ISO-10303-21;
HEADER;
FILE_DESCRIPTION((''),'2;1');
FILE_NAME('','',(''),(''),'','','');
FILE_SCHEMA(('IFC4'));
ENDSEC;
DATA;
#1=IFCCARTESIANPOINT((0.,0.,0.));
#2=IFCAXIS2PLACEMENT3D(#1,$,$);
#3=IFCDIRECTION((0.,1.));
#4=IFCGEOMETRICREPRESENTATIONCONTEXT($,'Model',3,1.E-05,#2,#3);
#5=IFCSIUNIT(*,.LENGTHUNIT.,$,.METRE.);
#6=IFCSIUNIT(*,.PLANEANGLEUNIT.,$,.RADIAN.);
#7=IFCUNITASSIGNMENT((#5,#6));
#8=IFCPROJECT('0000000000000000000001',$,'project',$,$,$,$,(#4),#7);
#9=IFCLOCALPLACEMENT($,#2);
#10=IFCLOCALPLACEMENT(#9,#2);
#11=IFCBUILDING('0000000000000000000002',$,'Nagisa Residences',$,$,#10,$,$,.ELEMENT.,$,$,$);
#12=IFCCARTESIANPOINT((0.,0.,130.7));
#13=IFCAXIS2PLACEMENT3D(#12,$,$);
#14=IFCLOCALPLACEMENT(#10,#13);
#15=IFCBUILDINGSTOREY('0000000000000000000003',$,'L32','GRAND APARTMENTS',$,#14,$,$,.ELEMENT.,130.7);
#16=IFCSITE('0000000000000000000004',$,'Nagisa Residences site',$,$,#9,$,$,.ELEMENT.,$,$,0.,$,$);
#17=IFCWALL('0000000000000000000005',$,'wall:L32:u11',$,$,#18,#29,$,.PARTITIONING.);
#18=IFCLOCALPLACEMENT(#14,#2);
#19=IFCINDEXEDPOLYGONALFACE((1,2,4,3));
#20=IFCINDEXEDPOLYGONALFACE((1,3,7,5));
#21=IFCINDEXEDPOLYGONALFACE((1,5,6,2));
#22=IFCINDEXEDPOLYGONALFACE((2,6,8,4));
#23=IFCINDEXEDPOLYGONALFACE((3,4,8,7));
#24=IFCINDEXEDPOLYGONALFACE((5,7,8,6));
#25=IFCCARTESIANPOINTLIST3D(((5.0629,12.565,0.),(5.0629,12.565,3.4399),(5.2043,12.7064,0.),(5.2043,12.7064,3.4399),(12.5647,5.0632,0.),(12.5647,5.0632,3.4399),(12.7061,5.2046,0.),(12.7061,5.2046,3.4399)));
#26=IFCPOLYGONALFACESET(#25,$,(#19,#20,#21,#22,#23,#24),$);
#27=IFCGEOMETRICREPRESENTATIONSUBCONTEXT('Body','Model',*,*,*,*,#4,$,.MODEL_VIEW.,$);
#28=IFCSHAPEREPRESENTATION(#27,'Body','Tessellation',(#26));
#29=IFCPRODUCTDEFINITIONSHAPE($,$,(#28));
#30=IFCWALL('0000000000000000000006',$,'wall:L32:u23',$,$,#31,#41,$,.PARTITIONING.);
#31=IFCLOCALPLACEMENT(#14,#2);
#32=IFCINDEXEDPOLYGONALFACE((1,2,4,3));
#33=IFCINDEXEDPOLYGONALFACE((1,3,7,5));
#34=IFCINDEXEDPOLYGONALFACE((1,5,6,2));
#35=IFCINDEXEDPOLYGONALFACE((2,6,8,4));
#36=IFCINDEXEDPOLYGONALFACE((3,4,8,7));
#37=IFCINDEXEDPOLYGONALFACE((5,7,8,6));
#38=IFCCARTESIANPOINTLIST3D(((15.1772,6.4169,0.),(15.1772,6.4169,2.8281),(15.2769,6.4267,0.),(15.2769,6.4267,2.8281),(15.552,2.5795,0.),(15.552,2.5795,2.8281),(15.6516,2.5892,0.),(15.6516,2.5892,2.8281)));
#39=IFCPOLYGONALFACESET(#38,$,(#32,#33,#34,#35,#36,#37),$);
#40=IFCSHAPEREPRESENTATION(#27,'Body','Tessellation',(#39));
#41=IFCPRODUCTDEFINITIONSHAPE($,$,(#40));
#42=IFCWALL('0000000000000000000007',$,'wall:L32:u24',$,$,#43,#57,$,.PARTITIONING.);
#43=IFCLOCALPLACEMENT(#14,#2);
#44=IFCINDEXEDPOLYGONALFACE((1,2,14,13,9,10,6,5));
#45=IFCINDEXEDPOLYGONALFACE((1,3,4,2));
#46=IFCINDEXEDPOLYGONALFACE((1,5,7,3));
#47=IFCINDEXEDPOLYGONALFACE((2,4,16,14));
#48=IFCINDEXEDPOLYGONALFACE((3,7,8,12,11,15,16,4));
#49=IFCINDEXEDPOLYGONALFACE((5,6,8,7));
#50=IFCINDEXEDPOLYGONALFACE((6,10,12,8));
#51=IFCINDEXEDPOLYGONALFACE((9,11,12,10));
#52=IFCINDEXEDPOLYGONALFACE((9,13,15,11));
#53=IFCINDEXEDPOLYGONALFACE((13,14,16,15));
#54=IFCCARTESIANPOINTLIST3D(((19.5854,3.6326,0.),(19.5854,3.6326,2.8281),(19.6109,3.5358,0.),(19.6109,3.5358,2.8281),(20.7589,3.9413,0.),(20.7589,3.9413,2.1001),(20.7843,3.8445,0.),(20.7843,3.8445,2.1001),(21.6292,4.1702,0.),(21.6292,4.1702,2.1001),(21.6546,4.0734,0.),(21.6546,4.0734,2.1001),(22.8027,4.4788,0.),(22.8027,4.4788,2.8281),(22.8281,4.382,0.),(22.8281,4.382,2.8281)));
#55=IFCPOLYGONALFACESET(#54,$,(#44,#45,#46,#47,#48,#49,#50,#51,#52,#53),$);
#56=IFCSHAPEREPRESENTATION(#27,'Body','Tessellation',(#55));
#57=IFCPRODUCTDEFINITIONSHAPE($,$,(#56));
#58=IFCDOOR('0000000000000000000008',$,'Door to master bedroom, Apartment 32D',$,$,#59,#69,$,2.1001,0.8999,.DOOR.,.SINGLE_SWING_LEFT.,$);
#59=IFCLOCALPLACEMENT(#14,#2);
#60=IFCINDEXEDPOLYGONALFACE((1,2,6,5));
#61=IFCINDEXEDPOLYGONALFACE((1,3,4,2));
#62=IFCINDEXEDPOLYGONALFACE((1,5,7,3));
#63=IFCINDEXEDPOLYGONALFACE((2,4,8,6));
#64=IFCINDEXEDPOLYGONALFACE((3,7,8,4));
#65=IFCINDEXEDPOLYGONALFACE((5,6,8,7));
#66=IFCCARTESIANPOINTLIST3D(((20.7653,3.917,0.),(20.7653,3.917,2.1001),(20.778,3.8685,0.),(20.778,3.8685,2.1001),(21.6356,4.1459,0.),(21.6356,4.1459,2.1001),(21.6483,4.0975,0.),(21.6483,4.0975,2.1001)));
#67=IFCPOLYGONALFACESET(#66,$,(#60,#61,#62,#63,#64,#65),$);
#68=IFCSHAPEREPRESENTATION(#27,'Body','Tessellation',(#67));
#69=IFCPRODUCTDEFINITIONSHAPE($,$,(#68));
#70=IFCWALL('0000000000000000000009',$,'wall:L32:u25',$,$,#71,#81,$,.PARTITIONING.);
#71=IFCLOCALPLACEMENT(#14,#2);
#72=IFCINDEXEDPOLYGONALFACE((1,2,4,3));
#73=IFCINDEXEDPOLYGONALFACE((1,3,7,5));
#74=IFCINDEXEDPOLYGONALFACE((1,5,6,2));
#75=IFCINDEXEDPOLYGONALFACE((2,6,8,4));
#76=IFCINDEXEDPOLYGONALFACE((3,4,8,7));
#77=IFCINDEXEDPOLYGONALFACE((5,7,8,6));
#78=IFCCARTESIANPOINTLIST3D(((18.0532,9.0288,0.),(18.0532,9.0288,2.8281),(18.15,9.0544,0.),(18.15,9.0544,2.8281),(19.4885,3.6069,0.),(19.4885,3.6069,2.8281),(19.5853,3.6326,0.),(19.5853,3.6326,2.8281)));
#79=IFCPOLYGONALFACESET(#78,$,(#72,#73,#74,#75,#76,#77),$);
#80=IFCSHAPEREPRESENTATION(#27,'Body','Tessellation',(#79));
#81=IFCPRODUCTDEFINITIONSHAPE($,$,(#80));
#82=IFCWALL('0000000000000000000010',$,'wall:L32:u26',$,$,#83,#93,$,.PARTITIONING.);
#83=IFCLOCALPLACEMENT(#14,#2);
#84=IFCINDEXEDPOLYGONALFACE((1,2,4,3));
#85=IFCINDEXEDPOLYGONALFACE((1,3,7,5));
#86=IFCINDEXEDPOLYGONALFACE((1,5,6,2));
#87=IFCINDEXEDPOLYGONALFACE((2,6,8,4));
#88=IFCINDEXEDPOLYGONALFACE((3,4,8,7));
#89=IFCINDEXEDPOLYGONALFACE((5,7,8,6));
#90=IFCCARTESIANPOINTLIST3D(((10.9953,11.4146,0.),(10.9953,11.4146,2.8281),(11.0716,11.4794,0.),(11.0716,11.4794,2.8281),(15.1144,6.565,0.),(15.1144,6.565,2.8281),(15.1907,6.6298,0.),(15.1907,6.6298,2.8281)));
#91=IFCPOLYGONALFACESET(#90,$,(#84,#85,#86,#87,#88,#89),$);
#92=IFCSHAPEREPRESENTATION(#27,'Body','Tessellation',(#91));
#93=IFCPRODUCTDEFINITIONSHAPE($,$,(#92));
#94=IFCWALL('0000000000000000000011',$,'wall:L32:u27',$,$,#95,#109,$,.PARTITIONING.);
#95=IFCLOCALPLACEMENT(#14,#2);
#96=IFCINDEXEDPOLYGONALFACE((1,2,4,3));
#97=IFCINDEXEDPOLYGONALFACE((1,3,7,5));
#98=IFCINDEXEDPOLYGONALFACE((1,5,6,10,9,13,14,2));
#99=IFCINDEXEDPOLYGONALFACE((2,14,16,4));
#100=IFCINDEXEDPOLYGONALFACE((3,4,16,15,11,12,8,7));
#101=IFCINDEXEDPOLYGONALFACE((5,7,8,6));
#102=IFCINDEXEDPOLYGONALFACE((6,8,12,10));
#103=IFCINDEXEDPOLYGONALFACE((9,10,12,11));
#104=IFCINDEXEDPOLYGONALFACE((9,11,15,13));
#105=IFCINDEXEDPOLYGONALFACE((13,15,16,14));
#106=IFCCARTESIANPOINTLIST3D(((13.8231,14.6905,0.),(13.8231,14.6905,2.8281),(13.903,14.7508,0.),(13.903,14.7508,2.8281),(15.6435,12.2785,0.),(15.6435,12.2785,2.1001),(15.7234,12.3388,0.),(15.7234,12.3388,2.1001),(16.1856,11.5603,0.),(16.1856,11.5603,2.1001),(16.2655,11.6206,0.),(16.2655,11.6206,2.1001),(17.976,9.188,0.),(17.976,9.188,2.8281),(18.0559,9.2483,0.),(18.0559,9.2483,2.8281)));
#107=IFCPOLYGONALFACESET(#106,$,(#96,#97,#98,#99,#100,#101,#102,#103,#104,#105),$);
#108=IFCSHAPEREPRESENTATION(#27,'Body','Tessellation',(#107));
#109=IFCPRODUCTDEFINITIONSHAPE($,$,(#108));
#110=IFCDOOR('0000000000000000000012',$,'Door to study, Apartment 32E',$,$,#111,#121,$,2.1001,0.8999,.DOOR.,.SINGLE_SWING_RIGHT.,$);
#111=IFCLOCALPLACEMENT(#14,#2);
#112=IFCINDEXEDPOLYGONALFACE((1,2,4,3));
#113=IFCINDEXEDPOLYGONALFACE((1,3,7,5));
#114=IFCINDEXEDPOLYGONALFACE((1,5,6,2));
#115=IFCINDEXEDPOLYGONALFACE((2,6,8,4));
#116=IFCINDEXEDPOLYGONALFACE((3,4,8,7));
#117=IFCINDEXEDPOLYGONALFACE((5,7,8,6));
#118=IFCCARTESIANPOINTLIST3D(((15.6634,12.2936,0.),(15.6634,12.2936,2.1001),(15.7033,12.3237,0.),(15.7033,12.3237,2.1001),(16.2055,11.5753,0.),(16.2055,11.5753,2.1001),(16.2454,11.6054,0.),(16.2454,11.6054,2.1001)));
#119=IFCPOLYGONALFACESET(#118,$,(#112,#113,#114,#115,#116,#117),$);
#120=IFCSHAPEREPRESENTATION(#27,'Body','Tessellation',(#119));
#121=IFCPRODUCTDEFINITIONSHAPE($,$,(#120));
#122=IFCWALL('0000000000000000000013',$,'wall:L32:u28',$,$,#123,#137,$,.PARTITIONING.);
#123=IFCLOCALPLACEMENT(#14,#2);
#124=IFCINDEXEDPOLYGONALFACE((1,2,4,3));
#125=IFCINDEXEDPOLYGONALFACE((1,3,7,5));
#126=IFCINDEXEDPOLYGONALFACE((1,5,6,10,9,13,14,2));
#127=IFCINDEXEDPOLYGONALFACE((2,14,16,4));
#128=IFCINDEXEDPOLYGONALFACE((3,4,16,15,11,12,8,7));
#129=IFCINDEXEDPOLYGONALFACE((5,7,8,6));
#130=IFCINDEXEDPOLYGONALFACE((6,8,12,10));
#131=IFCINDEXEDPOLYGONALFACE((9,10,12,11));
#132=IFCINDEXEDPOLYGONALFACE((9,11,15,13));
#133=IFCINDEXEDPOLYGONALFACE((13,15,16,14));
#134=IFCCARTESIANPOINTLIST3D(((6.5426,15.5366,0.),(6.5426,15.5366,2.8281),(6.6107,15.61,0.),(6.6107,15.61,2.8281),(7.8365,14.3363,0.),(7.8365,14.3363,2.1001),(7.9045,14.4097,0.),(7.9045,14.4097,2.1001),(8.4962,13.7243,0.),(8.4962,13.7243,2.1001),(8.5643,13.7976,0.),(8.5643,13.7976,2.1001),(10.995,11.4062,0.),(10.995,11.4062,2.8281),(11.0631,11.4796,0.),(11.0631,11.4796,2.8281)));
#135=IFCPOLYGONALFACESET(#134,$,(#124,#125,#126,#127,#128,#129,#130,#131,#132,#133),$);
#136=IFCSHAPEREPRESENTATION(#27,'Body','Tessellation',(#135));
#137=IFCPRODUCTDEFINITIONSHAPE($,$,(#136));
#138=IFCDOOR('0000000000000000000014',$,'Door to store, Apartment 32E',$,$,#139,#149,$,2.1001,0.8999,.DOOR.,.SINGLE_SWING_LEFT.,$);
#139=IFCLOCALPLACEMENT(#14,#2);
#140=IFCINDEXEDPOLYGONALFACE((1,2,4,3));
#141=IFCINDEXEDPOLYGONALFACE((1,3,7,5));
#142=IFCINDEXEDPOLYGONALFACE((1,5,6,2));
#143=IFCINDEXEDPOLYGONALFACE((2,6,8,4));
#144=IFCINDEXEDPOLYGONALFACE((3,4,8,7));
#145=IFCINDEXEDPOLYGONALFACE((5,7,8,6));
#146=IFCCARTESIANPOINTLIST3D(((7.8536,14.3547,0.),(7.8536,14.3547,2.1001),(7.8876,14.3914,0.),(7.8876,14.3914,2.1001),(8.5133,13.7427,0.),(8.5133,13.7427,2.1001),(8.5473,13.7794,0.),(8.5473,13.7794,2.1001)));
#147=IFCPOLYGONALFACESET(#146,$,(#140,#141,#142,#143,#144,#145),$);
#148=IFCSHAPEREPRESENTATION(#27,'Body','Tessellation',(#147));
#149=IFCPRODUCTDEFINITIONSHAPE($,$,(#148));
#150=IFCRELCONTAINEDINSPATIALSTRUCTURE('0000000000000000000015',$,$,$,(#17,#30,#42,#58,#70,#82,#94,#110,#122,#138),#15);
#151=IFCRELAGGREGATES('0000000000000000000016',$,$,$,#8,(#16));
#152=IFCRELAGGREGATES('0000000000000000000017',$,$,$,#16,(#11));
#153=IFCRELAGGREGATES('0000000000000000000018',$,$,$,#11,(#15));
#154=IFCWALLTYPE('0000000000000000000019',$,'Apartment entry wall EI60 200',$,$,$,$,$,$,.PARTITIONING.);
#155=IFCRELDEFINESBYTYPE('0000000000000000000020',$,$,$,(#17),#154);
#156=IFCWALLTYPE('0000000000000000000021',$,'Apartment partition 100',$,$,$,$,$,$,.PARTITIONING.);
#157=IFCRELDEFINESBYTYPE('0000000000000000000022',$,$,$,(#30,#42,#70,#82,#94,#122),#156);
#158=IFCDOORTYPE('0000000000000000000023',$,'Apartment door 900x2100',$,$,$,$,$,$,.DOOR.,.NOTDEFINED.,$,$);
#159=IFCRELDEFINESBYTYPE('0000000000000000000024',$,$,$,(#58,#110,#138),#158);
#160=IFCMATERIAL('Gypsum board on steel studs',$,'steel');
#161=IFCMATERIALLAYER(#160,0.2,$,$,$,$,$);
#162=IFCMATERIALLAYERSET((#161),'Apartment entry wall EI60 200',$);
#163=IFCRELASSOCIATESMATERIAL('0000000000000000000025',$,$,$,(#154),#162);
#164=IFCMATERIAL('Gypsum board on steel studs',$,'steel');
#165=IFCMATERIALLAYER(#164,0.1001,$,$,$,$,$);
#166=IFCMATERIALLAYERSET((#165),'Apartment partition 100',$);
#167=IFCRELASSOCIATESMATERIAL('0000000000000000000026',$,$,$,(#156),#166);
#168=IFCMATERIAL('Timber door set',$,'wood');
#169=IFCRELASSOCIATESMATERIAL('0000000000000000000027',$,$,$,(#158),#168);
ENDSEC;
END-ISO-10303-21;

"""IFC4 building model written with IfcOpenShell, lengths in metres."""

from ifc_helpers import new_model, si_unit, direction, frame, frame_2d, origin, place, context, subcontext, project, spatial, rectangle, extrude, material, layer, layer_set, type_object, element, fill, save


model = new_model("IFC4")

# Units and contexts
model_context = context("Model", 3, precision=1e-05, world=origin(), true_north=direction((0.0, 1.0)))
body_context = subcontext(model_context, "Body", "Model", "MODEL_VIEW")
ifc_project = project(units=[si_unit("LENGTHUNIT", "METRE"), si_unit("PLANEANGLEUNIT", "RADIAN")], contexts=[model_context])

# Site, building, storey
site_placement = place(None, origin())
site = spatial("IfcSite", under=ifc_project, at=site_placement, Name="Nagisa Residences site", CompositionType="ELEMENT", RefElevation=0.0)
building_placement = place(site_placement, origin())
building = spatial("IfcBuilding", under=site, at=building_placement, Name="Nagisa Residences", CompositionType="ELEMENT")
storey_placement = place(building_placement, frame((0.0, 0.0, 130.7)))
storey = spatial("IfcBuildingStorey", under=building, at=storey_placement, Name="L32", Description="GRAND APARTMENTS", CompositionType="ELEMENT", Elevation=130.7)

# Walls
ifc_material_1 = material(Name="Gypsum board on steel studs", Category="steel")
ifc_layer_1 = layer(ifc_material_1, 0.2)
ifc_layer_set_1 = layer_set([ifc_layer_1], Name="Apartment entry wall EI60 200")
wall_type_1 = type_object("IfcWallType", Name="Apartment entry wall EI60 200", PredefinedType="PARTITIONING", material=ifc_layer_set_1)
wall_1_placement = place(storey_placement, frame((12.6355, 5.1338, 0.0), z_axis=(0.0, 0.0, 1.0), x_axis=(-0.707107, 0.707107, 0.0)))
element("IfcWall", 1, at=wall_1_placement, inside=storey, type_object=wall_type_1, Name="wall:L32:u11", PredefinedType="PARTITIONING", context=body_context, shape_type="SweptSolid", body=[
    extrude(rectangle(XDim=10.6091, YDim=0.2, at=frame_2d((5.3047, 0.0))), origin(), (0.0, 0.0, 1.0), 3.4399),
])
ifc_material_2 = material(Name="Gypsum board on steel studs", Category="steel")
ifc_layer_2 = layer(ifc_material_2, 0.1001)
ifc_layer_set_2 = layer_set([ifc_layer_2], Name="Apartment partition 100")
wall_type_2 = type_object("IfcWallType", Name="Apartment partition 100", PredefinedType="PARTITIONING", material=ifc_layer_set_2)
wall_2_placement = place(storey_placement, frame((15.6018, 2.5845, 0.0), z_axis=(0.0, 0.0, 1.0), x_axis=(-0.097196, 0.995265, 0.0)))
element("IfcWall", 2, at=wall_2_placement, inside=storey, type_object=wall_type_2, Name="wall:L32:u23", PredefinedType="PARTITIONING", context=body_context, shape_type="SweptSolid", body=[
    extrude(rectangle(XDim=3.8557, YDim=0.1001, at=frame_2d((1.9277, 0.0))), origin(), (0.0, 0.0, 1.0), 2.8281),
])

# Wall, opening, door
wall_3_placement = place(storey_placement, frame((19.5981, 3.5842, 0.0), z_axis=(0.0, 0.0, 1.0), x_axis=(0.967109, 0.254363, 0.0)))
wall_3 = element("IfcWall", 3, at=wall_3_placement, inside=storey, type_object=wall_type_2, Name="wall:L32:u24", PredefinedType="PARTITIONING", context=body_context, shape_type="SweptSolid", body=[
    extrude(rectangle(XDim=3.3267, YDim=0.1001, at=frame_2d((1.6633, 0.0))), origin(), (0.0, 0.0, 1.0), 2.8281),
])
opening_1_placement = place(wall_3_placement, frame((1.2134, 0.0, 0.0)))
opening_1 = element("IfcOpeningElement", 4, at=opening_1_placement, cuts=wall_3, PredefinedType="OPENING", context=body_context, shape_type="SweptSolid", body=[
    extrude(rectangle(XDim=0.8999, YDim=2.1001, at=frame_2d((0.45, 1.05))), frame((0.0, 0.0601, 0.0), z_axis=(0.0, -1.0, 0.0), x_axis=(1.0, 0.0, 0.0)), (0.0, 0.0, 1.0), 0.1201),
])
ifc_material_3 = material(Name="Timber door set", Category="wood")
door_type_1 = type_object("IfcDoorType", Name="Apartment door 900x2100", OperationType="NOTDEFINED", PredefinedType="DOOR", material=ifc_material_3)
door_1_placement = place(opening_1_placement, origin())
door_1 = element("IfcDoor", 5, at=door_1_placement, inside=storey, type_object=door_type_1, Name="Door to master bedroom, Apartment 32D", OperationType="SINGLE_SWING_LEFT", OverallHeight=2.1001, OverallWidth=0.8999, PredefinedType="DOOR", context=body_context, shape_type="SweptSolid", body=[
    extrude(rectangle(XDim=0.8999, YDim=2.1001, at=frame_2d((0.45, 1.05))), frame((0.0, 0.0249, 0.0), z_axis=(0.0, -1.0, 0.0), x_axis=(1.0, 0.0, 0.0)), (0.0, 0.0, 1.0), 0.05),
])
fill(opening_1, door_1)

# Walls
wall_4_placement = place(storey_placement, frame((19.5369, 3.6199, 0.0), z_axis=(0.0, 0.0, 1.0), x_axis=(-0.255909, 0.966701, 0.0)))
element("IfcWall", 6, at=wall_4_placement, inside=storey, type_object=wall_type_2, Name="wall:L32:u25", PredefinedType="PARTITIONING", context=body_context, shape_type="SweptSolid", body=[
    extrude(rectangle(XDim=5.6086, YDim=0.1001, at=frame_2d((2.8042, 0.0))), origin(), (0.0, 0.0, 1.0), 2.8281),
])
wall_5_placement = place(storey_placement, frame((15.1526, 6.5974, 0.0), z_axis=(0.0, 0.0, 1.0), x_axis=(-0.647372, 0.762174, 0.0)))
element("IfcWall", 7, at=wall_5_placement, inside=storey, type_object=wall_type_2, Name="wall:L32:u26", PredefinedType="PARTITIONING", context=body_context, shape_type="SweptSolid", body=[
    extrude(rectangle(XDim=6.3628, YDim=0.1001, at=frame_2d((3.1814, 0.0))), origin(), (0.0, 0.0, 1.0), 2.8281),
])

# Walls, openings, doors
wall_6_placement = place(storey_placement, frame((18.0159, 9.2183, 0.0), z_axis=(0.0, 0.0, 1.0), x_axis=(-0.602411, 0.798186, 0.0)))
wall_6 = element("IfcWall", 8, at=wall_6_placement, inside=storey, type_object=wall_type_2, Name="wall:L32:u27", PredefinedType="PARTITIONING", context=body_context, shape_type="SweptSolid", body=[
    extrude(rectangle(XDim=6.8938, YDim=0.1001, at=frame_2d((3.4468, 0.0))), origin(), (0.0, 0.0, 1.0), 2.8281),
])
opening_2_placement = place(wall_6_placement, frame((2.9719, 0.0, 0.0)))
opening_2 = element("IfcOpeningElement", 9, at=opening_2_placement, cuts=wall_6, PredefinedType="OPENING", context=body_context, shape_type="SweptSolid", body=[
    extrude(rectangle(XDim=0.8999, YDim=2.1001, at=frame_2d((0.45, 1.05))), frame((0.0, 0.0601, 0.0), z_axis=(0.0, -1.0, 0.0), x_axis=(1.0, 0.0, 0.0)), (0.0, 0.0, 1.0), 0.1201),
])
door_2_placement = place(opening_2_placement, frame((0.8999, 0.0, 0.0), x_axis=(-1.0, 0.0, 0.0)))
door_2 = element("IfcDoor", 10, at=door_2_placement, inside=storey, type_object=door_type_1, Name="Door to study, Apartment 32E", OperationType="SINGLE_SWING_RIGHT", OverallHeight=2.1001, OverallWidth=0.8999, PredefinedType="DOOR", context=body_context, shape_type="SweptSolid", body=[
    extrude(rectangle(XDim=0.8999, YDim=2.1001, at=frame_2d((0.45, 1.05))), frame((0.0, 0.0249, 0.0), z_axis=(0.0, -1.0, 0.0), x_axis=(1.0, 0.0, 0.0)), (0.0, 0.0, 1.0), 0.05),
])
fill(opening_2, door_2)
wall_7_placement = place(storey_placement, frame((11.0291, 11.4429, 0.0), z_axis=(0.0, 0.0, 1.0), x_axis=(-0.733121, 0.680098, 0.0)))
wall_7 = element("IfcWall", 11, at=wall_7_placement, inside=storey, type_object=wall_type_2, Name="wall:L32:u28", PredefinedType="PARTITIONING", context=body_context, shape_type="SweptSolid", body=[
    extrude(rectangle(XDim=6.0732, YDim=0.1001, at=frame_2d((3.0366, 0.0))), origin(), (0.0, 0.0, 1.0), 2.8281),
])
opening_3_placement = place(wall_7_placement, frame((3.4084, 0.0, 0.0)))
opening_3 = element("IfcOpeningElement", 12, at=opening_3_placement, cuts=wall_7, PredefinedType="OPENING", context=body_context, shape_type="SweptSolid", body=[
    extrude(rectangle(XDim=0.8999, YDim=2.1001, at=frame_2d((0.45, 1.05))), frame((0.0, 0.0601, 0.0), z_axis=(0.0, -1.0, 0.0), x_axis=(1.0, 0.0, 0.0)), (0.0, 0.0, 1.0), 0.1201),
])
door_3_placement = place(opening_3_placement, origin())
door_3 = element("IfcDoor", 13, at=door_3_placement, inside=storey, type_object=door_type_1, Name="Door to store, Apartment 32E", OperationType="SINGLE_SWING_LEFT", OverallHeight=2.1001, OverallWidth=0.8999, PredefinedType="DOOR", context=body_context, shape_type="SweptSolid", body=[
    extrude(rectangle(XDim=0.8999, YDim=2.1001, at=frame_2d((0.45, 1.05))), frame((0.0, 0.0249, 0.0), z_axis=(0.0, -1.0, 0.0), x_axis=(1.0, 0.0, 0.0)), (0.0, 0.0, 1.0), 0.05),
])
fill(opening_3, door_3)

save(model, "model.ifc")
